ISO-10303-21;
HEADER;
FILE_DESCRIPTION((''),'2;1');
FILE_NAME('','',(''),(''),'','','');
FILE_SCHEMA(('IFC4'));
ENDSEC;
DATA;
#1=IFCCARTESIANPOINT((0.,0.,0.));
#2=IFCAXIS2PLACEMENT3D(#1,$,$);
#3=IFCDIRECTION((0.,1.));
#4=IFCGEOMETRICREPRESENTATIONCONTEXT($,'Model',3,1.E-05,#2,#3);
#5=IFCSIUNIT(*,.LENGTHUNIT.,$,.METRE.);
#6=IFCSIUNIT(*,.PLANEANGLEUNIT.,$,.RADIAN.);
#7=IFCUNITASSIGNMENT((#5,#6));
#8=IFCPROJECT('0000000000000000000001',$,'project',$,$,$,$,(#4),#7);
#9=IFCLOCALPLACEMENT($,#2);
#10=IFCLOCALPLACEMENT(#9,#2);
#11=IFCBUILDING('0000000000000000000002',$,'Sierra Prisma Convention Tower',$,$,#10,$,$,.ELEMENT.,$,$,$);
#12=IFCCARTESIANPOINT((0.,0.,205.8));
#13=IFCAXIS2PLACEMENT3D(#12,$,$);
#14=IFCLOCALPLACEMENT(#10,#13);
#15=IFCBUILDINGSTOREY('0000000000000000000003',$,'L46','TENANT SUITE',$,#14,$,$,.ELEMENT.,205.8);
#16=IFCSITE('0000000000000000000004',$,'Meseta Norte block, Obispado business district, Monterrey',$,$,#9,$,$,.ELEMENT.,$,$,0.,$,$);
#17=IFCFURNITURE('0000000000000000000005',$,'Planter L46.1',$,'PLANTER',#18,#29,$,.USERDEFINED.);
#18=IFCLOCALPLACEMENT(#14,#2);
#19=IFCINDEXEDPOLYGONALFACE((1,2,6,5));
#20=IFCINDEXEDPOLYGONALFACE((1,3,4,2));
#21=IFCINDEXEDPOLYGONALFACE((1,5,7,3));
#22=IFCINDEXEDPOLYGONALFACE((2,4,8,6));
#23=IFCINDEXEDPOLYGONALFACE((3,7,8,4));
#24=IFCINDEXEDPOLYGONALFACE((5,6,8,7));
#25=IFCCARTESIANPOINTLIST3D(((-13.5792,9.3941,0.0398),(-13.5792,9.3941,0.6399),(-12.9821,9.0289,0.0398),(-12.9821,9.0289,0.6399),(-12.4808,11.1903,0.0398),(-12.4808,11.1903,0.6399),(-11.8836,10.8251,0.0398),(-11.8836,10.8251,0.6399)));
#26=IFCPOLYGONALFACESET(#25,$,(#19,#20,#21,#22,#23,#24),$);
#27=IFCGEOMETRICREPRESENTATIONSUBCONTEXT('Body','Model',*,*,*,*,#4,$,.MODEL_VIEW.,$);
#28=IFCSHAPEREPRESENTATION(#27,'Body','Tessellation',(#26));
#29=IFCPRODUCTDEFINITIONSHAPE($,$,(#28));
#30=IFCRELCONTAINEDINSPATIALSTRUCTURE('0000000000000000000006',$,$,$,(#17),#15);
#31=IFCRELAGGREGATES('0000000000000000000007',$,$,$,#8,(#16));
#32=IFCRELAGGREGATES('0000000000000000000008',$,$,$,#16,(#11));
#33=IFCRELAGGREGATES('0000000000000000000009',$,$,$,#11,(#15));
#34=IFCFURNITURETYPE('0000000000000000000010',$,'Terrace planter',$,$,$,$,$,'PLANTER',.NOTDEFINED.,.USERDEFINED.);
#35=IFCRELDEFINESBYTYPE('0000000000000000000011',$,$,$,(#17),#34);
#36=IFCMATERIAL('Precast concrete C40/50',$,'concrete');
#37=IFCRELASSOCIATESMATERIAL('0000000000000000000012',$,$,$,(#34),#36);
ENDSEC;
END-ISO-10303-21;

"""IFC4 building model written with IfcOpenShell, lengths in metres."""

from ifc_helpers import new_model, si_unit, direction, frame, origin, origin_2d, place, context, subcontext, project, spatial, rectangle, extrude, material, type_object, element, save


model = new_model("IFC4")

# Units and contexts
model_context = context("Model", 3, precision=1e-05, world=origin(), true_north=direction((0.0, 1.0)))
body_context = subcontext(model_context, "Body", "Model", "MODEL_VIEW")
ifc_project = project(units=[si_unit("LENGTHUNIT", "METRE"), si_unit("PLANEANGLEUNIT", "RADIAN")], contexts=[model_context])

# Site, building, storey
site_placement = place(None, origin())
site = spatial("IfcSite", under=ifc_project, at=site_placement, Name="Meseta Norte block, Obispado business district, Monterrey", CompositionType="ELEMENT", RefElevation=0.0)
building_placement = place(site_placement, origin())
building = spatial("IfcBuilding", under=site, at=building_placement, Name="Sierra Prisma Convention Tower", CompositionType="ELEMENT")
storey_placement = place(building_placement, frame((0.0, 0.0, 205.8)))
storey = spatial("IfcBuildingStorey", under=building, at=storey_placement, Name="L46", Description="TENANT SUITE", CompositionType="ELEMENT", Elevation=205.8)

# Furniture
ifc_material_1 = material(Name="Precast concrete C40/50", Category="concrete")
furniture_type = type_object("IfcFurnitureType", Name="Terrace planter", ElementType="PLANTER", AssemblyPlace="NOTDEFINED", PredefinedType="USERDEFINED", material=ifc_material_1)
furniture_placement = place(storey_placement, frame((-12.7314, 10.1096, 0.0398), z_axis=(0.0, 0.0, 1.0), x_axis=(-0.521721, -0.853116, 0.0)))
element("IfcFurniture", 1, at=furniture_placement, inside=storey, type_object=furniture_type, Name="Planter L46.1", ObjectType="PLANTER", PredefinedType="USERDEFINED", context=body_context, shape_type="SweptSolid", body=[
    extrude(rectangle(XDim=2.1055, YDim=0.7, at=origin_2d()), origin(), (0.0, 0.0, 1.0), 0.6001),
])

save(model, "model.ifc")
